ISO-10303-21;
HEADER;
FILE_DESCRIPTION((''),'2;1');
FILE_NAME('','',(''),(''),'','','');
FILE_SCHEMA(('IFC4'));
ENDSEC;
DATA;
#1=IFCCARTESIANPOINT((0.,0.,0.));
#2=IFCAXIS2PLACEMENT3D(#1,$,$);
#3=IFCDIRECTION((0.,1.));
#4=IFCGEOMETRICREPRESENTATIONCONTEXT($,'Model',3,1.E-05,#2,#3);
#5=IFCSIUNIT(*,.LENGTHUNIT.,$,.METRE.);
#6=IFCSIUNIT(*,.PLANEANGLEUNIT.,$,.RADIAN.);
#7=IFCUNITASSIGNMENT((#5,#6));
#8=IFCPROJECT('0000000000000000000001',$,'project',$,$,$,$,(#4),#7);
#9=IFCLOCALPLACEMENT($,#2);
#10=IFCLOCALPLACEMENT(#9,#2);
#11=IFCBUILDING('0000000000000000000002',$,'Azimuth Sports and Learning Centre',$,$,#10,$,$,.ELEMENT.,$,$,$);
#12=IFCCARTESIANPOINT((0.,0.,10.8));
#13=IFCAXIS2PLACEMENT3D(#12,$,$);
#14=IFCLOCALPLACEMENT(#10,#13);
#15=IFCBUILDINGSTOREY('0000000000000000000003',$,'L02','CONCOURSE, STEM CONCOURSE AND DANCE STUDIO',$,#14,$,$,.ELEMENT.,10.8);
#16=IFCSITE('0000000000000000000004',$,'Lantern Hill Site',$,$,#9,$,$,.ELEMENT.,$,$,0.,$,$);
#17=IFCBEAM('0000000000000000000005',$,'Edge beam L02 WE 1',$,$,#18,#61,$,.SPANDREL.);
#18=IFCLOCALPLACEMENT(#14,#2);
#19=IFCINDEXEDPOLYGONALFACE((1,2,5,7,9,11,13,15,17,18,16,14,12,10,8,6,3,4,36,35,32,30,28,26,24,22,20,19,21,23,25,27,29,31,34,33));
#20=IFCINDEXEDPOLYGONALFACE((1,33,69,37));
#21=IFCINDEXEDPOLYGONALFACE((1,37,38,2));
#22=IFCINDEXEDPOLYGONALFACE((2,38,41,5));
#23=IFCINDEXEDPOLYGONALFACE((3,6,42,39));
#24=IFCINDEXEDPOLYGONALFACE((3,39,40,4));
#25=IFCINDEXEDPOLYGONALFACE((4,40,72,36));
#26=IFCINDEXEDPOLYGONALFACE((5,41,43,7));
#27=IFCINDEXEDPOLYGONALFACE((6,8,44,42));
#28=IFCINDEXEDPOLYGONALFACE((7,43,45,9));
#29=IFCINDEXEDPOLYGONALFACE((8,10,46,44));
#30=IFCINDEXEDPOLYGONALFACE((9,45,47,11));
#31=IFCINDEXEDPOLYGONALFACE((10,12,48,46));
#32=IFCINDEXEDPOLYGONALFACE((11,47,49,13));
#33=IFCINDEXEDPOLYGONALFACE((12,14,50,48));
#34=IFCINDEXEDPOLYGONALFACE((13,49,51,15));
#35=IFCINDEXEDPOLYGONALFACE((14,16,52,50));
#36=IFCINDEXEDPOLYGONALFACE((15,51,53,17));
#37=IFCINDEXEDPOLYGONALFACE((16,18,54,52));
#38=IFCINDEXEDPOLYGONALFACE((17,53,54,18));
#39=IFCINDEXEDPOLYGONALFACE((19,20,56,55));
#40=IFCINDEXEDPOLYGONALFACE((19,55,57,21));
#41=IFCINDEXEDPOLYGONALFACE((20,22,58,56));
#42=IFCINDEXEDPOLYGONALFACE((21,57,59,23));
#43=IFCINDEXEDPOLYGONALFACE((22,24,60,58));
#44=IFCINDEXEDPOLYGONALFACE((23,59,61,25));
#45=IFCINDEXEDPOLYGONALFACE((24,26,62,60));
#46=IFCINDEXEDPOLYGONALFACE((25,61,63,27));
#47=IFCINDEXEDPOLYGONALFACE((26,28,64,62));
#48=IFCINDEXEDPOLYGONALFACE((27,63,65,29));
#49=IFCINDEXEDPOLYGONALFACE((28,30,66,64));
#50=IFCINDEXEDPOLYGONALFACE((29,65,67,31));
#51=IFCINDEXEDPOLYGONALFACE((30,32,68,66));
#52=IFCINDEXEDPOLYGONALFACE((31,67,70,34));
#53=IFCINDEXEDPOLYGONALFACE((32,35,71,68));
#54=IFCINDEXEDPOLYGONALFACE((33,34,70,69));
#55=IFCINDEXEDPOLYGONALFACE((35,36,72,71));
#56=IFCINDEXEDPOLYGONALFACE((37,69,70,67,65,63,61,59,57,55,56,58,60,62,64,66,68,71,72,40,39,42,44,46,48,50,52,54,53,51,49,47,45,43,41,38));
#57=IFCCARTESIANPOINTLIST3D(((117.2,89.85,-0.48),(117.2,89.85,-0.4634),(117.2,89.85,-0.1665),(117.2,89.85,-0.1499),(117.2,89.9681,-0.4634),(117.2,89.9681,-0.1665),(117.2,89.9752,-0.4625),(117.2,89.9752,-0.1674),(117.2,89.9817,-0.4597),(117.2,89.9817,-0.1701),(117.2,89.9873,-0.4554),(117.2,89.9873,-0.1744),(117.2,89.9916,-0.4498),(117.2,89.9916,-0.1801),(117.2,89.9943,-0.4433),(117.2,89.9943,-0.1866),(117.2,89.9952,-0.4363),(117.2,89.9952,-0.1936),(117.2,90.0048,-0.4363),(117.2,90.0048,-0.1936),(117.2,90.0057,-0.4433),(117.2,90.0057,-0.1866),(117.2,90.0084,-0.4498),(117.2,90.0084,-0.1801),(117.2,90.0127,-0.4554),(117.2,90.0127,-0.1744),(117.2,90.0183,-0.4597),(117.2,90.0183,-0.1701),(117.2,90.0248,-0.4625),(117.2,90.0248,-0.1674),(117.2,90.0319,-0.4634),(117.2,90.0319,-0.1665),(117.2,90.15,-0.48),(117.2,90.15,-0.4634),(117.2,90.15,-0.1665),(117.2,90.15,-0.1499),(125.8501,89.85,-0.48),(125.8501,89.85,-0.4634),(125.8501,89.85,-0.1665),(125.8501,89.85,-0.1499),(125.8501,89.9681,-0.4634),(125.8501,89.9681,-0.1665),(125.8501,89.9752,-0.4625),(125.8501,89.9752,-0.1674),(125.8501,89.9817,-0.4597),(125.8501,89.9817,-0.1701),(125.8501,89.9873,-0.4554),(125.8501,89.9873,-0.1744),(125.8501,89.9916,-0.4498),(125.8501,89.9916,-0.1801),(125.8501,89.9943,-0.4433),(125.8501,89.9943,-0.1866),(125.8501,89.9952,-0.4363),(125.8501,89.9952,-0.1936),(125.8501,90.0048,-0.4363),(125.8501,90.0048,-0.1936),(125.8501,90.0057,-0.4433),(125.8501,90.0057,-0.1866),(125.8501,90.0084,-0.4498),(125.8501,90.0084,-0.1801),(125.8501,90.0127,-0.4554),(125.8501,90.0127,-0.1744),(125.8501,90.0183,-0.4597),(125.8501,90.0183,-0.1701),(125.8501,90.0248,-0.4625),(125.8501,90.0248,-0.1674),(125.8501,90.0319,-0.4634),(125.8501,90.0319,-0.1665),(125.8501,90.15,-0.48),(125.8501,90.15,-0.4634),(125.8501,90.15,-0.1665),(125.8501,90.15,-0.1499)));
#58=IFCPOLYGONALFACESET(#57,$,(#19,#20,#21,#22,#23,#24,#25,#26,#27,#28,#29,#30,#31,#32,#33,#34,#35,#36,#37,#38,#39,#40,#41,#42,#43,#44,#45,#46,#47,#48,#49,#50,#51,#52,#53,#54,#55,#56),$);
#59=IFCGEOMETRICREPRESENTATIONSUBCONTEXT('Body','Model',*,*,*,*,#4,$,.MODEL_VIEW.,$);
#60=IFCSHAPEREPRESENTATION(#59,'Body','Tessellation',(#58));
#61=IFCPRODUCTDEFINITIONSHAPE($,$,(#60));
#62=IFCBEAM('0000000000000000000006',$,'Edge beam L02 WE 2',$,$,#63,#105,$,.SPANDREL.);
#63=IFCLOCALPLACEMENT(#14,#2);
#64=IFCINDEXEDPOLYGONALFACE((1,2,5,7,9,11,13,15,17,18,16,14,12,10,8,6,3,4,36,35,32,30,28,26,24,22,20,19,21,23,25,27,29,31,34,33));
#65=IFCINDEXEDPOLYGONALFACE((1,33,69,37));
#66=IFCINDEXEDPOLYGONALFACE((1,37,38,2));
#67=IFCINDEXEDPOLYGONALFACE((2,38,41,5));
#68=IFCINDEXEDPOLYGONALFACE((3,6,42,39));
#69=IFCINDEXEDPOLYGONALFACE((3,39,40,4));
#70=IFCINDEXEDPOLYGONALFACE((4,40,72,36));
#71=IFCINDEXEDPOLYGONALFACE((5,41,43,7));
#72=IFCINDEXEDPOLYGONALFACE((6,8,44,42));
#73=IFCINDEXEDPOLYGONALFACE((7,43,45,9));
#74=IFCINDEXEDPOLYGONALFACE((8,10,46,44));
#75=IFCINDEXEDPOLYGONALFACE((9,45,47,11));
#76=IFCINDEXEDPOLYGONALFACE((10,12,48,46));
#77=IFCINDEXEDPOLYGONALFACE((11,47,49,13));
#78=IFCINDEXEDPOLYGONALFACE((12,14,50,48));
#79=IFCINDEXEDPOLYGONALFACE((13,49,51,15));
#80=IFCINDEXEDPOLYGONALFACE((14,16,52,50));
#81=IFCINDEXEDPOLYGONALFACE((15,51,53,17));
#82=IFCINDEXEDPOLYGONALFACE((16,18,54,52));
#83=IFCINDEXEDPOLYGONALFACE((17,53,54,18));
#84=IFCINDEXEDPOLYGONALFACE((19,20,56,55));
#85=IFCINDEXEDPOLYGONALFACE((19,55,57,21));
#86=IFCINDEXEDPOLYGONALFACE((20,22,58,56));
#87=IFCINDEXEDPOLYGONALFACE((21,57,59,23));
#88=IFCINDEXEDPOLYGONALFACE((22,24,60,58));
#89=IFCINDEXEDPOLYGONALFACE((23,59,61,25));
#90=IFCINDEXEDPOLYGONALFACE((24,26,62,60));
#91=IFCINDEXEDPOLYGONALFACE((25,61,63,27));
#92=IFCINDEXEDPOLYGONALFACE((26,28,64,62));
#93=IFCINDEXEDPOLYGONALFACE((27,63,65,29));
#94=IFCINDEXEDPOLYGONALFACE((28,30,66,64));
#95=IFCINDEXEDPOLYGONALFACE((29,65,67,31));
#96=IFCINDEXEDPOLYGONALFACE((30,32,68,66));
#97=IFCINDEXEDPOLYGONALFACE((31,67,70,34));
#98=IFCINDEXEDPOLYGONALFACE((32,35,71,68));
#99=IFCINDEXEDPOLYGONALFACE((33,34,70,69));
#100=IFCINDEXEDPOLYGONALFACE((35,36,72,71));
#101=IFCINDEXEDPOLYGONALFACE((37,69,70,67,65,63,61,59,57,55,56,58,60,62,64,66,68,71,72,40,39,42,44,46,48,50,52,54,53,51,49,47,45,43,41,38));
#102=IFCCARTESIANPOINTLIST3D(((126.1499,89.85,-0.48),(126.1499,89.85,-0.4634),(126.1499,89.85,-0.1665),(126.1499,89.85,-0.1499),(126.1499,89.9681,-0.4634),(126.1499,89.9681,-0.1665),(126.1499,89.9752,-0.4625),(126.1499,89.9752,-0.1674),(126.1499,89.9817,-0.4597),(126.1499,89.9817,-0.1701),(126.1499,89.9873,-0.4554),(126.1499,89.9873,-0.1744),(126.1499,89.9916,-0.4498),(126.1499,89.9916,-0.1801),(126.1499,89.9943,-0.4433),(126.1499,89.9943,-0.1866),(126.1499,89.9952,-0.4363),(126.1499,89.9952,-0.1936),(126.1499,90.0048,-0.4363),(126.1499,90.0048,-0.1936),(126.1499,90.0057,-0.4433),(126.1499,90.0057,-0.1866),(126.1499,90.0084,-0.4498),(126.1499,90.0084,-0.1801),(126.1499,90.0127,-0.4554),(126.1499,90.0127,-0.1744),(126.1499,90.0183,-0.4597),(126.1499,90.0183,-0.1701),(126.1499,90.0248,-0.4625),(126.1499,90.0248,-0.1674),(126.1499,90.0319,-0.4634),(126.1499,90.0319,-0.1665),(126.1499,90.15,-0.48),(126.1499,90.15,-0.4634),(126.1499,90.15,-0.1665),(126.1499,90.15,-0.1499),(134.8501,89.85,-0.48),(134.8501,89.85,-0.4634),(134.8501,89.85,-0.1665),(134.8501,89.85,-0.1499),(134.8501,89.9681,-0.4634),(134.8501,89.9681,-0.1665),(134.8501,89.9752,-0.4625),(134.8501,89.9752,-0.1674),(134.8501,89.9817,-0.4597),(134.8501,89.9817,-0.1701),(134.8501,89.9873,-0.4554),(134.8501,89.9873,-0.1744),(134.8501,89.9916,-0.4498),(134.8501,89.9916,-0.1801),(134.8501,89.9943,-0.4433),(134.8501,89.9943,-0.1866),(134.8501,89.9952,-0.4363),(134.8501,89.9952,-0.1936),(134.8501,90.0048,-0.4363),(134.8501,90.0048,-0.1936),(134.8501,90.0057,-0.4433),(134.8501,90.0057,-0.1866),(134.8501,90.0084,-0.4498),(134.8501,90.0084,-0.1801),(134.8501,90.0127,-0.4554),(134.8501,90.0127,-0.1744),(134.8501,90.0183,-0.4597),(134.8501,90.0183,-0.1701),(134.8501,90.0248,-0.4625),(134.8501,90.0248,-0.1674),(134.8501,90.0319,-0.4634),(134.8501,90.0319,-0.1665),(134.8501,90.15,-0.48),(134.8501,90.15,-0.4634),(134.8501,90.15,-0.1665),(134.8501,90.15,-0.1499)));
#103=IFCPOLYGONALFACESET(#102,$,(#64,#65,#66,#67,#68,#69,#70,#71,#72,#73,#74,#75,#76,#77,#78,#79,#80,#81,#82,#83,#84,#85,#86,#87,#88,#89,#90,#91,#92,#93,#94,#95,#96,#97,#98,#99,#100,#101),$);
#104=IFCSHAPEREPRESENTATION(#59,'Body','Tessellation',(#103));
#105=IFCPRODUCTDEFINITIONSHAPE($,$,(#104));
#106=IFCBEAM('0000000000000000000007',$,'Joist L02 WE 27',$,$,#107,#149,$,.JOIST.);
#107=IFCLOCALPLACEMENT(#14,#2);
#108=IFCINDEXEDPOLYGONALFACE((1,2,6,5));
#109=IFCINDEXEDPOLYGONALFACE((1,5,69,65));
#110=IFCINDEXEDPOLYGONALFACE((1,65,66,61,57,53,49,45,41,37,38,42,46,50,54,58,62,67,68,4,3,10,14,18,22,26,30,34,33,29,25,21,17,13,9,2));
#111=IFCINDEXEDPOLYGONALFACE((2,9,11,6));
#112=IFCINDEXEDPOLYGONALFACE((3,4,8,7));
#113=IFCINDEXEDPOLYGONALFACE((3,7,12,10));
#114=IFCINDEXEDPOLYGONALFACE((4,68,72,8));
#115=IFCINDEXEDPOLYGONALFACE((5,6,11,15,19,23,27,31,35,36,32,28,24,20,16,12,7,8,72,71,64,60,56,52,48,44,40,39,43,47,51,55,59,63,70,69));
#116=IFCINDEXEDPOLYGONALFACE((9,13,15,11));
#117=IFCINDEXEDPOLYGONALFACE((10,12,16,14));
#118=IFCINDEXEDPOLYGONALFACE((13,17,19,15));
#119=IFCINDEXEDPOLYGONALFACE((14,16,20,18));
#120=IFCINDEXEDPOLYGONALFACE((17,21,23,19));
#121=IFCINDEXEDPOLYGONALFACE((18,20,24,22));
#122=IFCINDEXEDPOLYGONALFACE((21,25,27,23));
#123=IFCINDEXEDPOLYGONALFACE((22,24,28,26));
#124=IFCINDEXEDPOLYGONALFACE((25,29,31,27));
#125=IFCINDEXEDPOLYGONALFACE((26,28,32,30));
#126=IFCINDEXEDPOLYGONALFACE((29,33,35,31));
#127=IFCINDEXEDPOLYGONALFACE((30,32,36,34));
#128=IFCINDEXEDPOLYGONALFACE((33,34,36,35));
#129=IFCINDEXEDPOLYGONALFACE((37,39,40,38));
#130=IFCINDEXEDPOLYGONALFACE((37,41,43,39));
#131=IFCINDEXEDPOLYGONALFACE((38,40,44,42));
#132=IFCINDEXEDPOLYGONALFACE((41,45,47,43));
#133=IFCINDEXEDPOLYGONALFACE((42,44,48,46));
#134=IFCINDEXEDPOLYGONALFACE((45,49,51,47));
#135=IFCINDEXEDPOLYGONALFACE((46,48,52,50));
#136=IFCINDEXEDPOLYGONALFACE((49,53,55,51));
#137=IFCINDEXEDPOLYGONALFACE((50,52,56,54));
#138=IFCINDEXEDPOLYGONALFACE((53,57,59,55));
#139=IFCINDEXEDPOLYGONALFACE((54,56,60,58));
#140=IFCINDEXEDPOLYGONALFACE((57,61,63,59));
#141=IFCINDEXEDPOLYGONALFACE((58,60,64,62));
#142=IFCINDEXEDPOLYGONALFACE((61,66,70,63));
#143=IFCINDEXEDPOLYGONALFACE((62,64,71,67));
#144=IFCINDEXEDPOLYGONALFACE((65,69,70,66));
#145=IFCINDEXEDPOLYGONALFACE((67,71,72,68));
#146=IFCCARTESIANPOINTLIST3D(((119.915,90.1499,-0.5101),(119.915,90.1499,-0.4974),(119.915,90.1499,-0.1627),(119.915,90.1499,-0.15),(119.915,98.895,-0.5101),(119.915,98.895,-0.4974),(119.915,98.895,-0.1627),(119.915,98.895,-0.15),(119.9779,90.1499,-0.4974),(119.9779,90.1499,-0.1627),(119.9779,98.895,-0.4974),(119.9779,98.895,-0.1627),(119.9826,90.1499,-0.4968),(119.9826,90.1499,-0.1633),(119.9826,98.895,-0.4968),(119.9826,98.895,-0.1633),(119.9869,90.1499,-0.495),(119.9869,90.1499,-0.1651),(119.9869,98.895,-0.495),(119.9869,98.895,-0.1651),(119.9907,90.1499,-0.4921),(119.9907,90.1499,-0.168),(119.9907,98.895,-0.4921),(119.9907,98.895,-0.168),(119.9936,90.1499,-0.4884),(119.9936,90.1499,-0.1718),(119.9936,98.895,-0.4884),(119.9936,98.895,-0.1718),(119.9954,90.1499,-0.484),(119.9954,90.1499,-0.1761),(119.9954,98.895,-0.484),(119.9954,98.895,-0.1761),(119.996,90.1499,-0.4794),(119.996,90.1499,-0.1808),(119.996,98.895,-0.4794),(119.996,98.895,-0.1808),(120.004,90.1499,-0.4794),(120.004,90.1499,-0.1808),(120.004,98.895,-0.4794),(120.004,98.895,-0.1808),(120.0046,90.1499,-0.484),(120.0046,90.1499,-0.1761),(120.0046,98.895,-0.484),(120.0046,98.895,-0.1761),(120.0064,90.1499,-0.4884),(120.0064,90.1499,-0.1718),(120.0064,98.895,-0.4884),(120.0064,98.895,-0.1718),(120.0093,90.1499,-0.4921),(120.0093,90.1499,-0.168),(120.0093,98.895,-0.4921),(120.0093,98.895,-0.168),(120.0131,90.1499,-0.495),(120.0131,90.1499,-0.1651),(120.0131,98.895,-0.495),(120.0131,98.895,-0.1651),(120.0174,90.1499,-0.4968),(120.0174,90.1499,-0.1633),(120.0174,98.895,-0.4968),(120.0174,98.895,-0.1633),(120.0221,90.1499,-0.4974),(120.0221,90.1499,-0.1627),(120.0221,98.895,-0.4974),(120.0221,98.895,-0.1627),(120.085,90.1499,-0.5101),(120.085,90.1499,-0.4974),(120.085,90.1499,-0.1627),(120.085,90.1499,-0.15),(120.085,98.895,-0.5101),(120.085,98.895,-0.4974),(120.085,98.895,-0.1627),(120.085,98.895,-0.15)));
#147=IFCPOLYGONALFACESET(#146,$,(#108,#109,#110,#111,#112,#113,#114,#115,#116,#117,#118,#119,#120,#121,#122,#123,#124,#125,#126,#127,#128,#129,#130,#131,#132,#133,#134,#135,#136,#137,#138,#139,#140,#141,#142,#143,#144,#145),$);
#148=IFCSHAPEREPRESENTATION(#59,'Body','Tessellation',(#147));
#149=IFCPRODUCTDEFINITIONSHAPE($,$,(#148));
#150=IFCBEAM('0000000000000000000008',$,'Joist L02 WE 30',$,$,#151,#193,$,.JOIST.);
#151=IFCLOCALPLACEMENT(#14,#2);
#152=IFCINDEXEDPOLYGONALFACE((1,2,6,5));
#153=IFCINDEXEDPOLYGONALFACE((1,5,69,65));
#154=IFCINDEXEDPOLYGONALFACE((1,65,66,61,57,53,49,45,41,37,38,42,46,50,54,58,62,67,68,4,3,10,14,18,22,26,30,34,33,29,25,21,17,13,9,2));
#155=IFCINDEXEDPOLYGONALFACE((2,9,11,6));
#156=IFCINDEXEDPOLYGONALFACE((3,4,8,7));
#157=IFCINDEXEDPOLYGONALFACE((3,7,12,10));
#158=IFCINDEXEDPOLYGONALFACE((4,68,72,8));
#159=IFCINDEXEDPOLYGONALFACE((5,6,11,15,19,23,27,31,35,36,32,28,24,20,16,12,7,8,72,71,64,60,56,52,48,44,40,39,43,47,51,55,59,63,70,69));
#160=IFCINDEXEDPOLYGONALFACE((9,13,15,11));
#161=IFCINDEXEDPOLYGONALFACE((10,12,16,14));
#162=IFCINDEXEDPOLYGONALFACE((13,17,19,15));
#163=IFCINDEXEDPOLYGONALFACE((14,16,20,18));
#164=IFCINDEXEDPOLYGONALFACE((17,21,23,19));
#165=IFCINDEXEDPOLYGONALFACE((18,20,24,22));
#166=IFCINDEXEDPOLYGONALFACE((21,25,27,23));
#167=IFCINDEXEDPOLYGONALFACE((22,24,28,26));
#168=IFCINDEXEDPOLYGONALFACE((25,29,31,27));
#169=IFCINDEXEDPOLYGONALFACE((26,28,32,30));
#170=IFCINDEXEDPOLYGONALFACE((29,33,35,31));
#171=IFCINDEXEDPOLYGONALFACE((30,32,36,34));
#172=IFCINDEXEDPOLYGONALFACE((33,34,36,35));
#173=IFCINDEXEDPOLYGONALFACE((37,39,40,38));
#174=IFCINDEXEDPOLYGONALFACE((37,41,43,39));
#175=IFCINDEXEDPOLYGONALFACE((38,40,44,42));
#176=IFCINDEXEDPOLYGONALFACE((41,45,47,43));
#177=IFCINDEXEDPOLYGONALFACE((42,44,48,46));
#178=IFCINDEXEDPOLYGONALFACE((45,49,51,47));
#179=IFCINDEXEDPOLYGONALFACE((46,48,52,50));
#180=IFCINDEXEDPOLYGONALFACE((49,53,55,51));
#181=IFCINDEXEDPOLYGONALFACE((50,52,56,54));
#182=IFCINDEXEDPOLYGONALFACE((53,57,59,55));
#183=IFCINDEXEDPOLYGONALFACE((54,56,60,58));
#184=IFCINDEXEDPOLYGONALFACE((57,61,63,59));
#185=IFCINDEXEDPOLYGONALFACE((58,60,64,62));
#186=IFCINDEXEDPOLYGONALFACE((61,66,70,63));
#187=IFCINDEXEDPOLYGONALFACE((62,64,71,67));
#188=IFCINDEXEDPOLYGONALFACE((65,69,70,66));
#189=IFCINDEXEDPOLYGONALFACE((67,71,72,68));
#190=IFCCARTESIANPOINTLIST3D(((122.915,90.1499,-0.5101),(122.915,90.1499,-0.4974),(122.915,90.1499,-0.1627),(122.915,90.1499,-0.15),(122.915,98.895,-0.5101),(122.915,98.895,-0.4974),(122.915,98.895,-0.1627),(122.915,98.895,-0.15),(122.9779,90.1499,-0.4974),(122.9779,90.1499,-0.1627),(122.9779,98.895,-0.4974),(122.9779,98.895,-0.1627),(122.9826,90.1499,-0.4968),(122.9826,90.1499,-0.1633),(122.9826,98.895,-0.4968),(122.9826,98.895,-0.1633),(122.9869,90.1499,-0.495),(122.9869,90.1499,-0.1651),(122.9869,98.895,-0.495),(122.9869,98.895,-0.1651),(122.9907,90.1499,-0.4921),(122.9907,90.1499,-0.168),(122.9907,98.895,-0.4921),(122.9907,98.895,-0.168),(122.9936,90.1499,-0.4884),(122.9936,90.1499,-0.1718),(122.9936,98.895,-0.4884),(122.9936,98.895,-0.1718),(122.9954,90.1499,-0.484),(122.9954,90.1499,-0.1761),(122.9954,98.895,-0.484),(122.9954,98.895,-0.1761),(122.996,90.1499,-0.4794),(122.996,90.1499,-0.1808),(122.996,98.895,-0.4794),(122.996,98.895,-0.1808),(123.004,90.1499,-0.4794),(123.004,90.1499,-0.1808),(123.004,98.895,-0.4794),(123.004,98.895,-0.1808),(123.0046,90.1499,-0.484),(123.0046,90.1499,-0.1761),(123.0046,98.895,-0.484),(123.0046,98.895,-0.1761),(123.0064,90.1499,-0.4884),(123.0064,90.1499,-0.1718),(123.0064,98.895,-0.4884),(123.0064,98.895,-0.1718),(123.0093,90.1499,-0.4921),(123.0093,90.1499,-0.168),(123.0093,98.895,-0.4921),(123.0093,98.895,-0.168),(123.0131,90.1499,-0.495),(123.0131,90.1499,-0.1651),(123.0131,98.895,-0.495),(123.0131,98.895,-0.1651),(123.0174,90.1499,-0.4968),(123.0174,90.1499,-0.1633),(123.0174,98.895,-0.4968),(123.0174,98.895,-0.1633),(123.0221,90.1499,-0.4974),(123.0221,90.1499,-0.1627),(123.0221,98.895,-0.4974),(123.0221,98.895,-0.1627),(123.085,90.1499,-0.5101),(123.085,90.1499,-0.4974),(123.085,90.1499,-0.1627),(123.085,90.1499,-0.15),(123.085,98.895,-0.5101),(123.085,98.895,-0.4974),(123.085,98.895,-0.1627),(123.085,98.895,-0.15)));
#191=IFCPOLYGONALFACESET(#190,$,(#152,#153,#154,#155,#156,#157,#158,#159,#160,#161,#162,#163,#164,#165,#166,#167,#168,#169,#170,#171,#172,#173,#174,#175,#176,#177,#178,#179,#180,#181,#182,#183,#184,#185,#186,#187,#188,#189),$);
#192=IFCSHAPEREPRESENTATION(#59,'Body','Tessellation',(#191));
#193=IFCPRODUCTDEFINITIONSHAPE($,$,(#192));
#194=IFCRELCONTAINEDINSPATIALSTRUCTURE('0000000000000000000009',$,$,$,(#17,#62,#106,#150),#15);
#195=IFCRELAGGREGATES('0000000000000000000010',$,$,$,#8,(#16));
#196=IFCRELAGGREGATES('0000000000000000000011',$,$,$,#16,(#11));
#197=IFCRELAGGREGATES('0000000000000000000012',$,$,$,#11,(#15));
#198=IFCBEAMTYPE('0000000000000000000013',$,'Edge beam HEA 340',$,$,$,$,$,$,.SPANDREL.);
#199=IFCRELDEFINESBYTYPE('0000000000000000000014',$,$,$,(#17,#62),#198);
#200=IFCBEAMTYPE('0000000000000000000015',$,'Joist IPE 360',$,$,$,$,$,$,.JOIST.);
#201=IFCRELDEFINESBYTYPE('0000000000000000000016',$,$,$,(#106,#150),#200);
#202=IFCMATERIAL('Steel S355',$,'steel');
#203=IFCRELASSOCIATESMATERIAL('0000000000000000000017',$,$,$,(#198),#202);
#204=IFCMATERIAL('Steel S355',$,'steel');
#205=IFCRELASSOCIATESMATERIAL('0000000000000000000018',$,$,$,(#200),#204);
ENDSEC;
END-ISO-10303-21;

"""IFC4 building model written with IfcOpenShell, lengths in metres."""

from ifc_helpers import new_model, si_unit, direction, frame, origin, origin_2d, place, context, subcontext, project, spatial, i_section, extrude, material, material_profile, profile_set, type_object, element, save


model = new_model("IFC4")

# Units and contexts
model_context = context("Model", 3, precision=1e-05, world=origin(), true_north=direction((0.0, 1.0)))
body_context = subcontext(model_context, "Body", "Model", "MODEL_VIEW")
ifc_project = project(units=[si_unit("LENGTHUNIT", "METRE"), si_unit("PLANEANGLEUNIT", "RADIAN")], contexts=[model_context])

# Site, building, storey
site_placement = place(None, origin())
site = spatial("IfcSite", under=ifc_project, at=site_placement, Name="Lantern Hill Site", CompositionType="ELEMENT", RefElevation=0.0)
building_placement = place(site_placement, origin())
building = spatial("IfcBuilding", under=site, at=building_placement, Name="Azimuth Sports and Learning Centre", CompositionType="ELEMENT")
storey_placement = place(building_placement, frame((0.0, 0.0, 10.8)))
storey = spatial("IfcBuildingStorey", under=building, at=storey_placement, Name="L02", Description="CONCOURSE, STEM CONCOURSE AND DANCE STUDIO", CompositionType="ELEMENT", Elevation=10.8)

# Beams
ifc_material_1 = material(Name="Steel S355", Category="steel")
ifc_material_profile_1 = material_profile(ifc_material_1, i_section(OverallWidth=0.3, OverallDepth=0.3301, WebThickness=0.0095, FlangeThickness=0.0166, FilletRadius=0.0271, at=origin_2d()), Name="HEA 340")
ifc_profile_set_1 = profile_set([ifc_material_profile_1], Name="Steel S355")
beam_type_1 = type_object("IfcBeamType", Name="Edge beam HEA 340", PredefinedType="SPANDREL", material=ifc_profile_set_1)
beam_1_placement = place(storey_placement, frame((117.2, 90.0, -0.3149), z_axis=(1.0, 0.0, 0.0), x_axis=(0.0, 1.0, 0.0)))
element("IfcBeam", 1, at=beam_1_placement, inside=storey, type_object=beam_type_1, Name="Edge beam L02 WE 1", PredefinedType="SPANDREL", context=body_context, shape_type="SweptSolid", body=[
    extrude(i_section(OverallWidth=0.3, OverallDepth=0.3301, WebThickness=0.0095, FlangeThickness=0.0166, FilletRadius=0.0271, at=origin_2d()), origin(), (0.0, 0.0, 1.0), 8.6501),
])
beam_2_placement = place(storey_placement, frame((126.1499, 90.0, -0.3149), z_axis=(1.0, 0.0, 0.0), x_axis=(0.0, 1.0, 0.0)))
element("IfcBeam", 2, at=beam_2_placement, inside=storey, type_object=beam_type_1, Name="Edge beam L02 WE 2", PredefinedType="SPANDREL", context=body_context, shape_type="SweptSolid", body=[
    extrude(i_section(OverallWidth=0.3, OverallDepth=0.3301, WebThickness=0.0095, FlangeThickness=0.0166, FilletRadius=0.0271, at=origin_2d()), origin(), (0.0, 0.0, 1.0), 8.7002),
])
ifc_material_2 = material(Name="Steel S355", Category="steel")
ifc_material_profile_2 = material_profile(ifc_material_2, i_section(OverallWidth=0.1699, OverallDepth=0.3601, WebThickness=0.0081, FlangeThickness=0.0127, FilletRadius=0.0181, at=origin_2d()), Name="IPE 360")
ifc_profile_set_2 = profile_set([ifc_material_profile_2], Name="Steel S355")
beam_type_2 = type_object("IfcBeamType", Name="Joist IPE 360", PredefinedType="JOIST", material=ifc_profile_set_2)
for number, where, z_axis, x_axis, name in (
    (3, (120.0, 90.1499, -0.3301), (0.0, 1.0, 0.0), (-1.0, 0.0, 0.0), "Joist L02 WE 27"),
    (4, (123.0, 90.1499, -0.3301), (0.0, 1.0, 0.0), (-1.0, 0.0, 0.0), "Joist L02 WE 30"),
):
    element("IfcBeam", number, at=place(storey_placement, frame(where, z_axis=z_axis, x_axis=x_axis)), inside=storey, type_object=beam_type_2, Name=name, PredefinedType="JOIST", context=body_context, shape_type="SweptSolid", body=[
        extrude(i_section(OverallWidth=0.1699, OverallDepth=0.3601, WebThickness=0.0081, FlangeThickness=0.0127, FilletRadius=0.0181, at=origin_2d()), origin(), (0.0, 0.0, 1.0), 8.7451),
    ])

save(model, "model.ifc")
